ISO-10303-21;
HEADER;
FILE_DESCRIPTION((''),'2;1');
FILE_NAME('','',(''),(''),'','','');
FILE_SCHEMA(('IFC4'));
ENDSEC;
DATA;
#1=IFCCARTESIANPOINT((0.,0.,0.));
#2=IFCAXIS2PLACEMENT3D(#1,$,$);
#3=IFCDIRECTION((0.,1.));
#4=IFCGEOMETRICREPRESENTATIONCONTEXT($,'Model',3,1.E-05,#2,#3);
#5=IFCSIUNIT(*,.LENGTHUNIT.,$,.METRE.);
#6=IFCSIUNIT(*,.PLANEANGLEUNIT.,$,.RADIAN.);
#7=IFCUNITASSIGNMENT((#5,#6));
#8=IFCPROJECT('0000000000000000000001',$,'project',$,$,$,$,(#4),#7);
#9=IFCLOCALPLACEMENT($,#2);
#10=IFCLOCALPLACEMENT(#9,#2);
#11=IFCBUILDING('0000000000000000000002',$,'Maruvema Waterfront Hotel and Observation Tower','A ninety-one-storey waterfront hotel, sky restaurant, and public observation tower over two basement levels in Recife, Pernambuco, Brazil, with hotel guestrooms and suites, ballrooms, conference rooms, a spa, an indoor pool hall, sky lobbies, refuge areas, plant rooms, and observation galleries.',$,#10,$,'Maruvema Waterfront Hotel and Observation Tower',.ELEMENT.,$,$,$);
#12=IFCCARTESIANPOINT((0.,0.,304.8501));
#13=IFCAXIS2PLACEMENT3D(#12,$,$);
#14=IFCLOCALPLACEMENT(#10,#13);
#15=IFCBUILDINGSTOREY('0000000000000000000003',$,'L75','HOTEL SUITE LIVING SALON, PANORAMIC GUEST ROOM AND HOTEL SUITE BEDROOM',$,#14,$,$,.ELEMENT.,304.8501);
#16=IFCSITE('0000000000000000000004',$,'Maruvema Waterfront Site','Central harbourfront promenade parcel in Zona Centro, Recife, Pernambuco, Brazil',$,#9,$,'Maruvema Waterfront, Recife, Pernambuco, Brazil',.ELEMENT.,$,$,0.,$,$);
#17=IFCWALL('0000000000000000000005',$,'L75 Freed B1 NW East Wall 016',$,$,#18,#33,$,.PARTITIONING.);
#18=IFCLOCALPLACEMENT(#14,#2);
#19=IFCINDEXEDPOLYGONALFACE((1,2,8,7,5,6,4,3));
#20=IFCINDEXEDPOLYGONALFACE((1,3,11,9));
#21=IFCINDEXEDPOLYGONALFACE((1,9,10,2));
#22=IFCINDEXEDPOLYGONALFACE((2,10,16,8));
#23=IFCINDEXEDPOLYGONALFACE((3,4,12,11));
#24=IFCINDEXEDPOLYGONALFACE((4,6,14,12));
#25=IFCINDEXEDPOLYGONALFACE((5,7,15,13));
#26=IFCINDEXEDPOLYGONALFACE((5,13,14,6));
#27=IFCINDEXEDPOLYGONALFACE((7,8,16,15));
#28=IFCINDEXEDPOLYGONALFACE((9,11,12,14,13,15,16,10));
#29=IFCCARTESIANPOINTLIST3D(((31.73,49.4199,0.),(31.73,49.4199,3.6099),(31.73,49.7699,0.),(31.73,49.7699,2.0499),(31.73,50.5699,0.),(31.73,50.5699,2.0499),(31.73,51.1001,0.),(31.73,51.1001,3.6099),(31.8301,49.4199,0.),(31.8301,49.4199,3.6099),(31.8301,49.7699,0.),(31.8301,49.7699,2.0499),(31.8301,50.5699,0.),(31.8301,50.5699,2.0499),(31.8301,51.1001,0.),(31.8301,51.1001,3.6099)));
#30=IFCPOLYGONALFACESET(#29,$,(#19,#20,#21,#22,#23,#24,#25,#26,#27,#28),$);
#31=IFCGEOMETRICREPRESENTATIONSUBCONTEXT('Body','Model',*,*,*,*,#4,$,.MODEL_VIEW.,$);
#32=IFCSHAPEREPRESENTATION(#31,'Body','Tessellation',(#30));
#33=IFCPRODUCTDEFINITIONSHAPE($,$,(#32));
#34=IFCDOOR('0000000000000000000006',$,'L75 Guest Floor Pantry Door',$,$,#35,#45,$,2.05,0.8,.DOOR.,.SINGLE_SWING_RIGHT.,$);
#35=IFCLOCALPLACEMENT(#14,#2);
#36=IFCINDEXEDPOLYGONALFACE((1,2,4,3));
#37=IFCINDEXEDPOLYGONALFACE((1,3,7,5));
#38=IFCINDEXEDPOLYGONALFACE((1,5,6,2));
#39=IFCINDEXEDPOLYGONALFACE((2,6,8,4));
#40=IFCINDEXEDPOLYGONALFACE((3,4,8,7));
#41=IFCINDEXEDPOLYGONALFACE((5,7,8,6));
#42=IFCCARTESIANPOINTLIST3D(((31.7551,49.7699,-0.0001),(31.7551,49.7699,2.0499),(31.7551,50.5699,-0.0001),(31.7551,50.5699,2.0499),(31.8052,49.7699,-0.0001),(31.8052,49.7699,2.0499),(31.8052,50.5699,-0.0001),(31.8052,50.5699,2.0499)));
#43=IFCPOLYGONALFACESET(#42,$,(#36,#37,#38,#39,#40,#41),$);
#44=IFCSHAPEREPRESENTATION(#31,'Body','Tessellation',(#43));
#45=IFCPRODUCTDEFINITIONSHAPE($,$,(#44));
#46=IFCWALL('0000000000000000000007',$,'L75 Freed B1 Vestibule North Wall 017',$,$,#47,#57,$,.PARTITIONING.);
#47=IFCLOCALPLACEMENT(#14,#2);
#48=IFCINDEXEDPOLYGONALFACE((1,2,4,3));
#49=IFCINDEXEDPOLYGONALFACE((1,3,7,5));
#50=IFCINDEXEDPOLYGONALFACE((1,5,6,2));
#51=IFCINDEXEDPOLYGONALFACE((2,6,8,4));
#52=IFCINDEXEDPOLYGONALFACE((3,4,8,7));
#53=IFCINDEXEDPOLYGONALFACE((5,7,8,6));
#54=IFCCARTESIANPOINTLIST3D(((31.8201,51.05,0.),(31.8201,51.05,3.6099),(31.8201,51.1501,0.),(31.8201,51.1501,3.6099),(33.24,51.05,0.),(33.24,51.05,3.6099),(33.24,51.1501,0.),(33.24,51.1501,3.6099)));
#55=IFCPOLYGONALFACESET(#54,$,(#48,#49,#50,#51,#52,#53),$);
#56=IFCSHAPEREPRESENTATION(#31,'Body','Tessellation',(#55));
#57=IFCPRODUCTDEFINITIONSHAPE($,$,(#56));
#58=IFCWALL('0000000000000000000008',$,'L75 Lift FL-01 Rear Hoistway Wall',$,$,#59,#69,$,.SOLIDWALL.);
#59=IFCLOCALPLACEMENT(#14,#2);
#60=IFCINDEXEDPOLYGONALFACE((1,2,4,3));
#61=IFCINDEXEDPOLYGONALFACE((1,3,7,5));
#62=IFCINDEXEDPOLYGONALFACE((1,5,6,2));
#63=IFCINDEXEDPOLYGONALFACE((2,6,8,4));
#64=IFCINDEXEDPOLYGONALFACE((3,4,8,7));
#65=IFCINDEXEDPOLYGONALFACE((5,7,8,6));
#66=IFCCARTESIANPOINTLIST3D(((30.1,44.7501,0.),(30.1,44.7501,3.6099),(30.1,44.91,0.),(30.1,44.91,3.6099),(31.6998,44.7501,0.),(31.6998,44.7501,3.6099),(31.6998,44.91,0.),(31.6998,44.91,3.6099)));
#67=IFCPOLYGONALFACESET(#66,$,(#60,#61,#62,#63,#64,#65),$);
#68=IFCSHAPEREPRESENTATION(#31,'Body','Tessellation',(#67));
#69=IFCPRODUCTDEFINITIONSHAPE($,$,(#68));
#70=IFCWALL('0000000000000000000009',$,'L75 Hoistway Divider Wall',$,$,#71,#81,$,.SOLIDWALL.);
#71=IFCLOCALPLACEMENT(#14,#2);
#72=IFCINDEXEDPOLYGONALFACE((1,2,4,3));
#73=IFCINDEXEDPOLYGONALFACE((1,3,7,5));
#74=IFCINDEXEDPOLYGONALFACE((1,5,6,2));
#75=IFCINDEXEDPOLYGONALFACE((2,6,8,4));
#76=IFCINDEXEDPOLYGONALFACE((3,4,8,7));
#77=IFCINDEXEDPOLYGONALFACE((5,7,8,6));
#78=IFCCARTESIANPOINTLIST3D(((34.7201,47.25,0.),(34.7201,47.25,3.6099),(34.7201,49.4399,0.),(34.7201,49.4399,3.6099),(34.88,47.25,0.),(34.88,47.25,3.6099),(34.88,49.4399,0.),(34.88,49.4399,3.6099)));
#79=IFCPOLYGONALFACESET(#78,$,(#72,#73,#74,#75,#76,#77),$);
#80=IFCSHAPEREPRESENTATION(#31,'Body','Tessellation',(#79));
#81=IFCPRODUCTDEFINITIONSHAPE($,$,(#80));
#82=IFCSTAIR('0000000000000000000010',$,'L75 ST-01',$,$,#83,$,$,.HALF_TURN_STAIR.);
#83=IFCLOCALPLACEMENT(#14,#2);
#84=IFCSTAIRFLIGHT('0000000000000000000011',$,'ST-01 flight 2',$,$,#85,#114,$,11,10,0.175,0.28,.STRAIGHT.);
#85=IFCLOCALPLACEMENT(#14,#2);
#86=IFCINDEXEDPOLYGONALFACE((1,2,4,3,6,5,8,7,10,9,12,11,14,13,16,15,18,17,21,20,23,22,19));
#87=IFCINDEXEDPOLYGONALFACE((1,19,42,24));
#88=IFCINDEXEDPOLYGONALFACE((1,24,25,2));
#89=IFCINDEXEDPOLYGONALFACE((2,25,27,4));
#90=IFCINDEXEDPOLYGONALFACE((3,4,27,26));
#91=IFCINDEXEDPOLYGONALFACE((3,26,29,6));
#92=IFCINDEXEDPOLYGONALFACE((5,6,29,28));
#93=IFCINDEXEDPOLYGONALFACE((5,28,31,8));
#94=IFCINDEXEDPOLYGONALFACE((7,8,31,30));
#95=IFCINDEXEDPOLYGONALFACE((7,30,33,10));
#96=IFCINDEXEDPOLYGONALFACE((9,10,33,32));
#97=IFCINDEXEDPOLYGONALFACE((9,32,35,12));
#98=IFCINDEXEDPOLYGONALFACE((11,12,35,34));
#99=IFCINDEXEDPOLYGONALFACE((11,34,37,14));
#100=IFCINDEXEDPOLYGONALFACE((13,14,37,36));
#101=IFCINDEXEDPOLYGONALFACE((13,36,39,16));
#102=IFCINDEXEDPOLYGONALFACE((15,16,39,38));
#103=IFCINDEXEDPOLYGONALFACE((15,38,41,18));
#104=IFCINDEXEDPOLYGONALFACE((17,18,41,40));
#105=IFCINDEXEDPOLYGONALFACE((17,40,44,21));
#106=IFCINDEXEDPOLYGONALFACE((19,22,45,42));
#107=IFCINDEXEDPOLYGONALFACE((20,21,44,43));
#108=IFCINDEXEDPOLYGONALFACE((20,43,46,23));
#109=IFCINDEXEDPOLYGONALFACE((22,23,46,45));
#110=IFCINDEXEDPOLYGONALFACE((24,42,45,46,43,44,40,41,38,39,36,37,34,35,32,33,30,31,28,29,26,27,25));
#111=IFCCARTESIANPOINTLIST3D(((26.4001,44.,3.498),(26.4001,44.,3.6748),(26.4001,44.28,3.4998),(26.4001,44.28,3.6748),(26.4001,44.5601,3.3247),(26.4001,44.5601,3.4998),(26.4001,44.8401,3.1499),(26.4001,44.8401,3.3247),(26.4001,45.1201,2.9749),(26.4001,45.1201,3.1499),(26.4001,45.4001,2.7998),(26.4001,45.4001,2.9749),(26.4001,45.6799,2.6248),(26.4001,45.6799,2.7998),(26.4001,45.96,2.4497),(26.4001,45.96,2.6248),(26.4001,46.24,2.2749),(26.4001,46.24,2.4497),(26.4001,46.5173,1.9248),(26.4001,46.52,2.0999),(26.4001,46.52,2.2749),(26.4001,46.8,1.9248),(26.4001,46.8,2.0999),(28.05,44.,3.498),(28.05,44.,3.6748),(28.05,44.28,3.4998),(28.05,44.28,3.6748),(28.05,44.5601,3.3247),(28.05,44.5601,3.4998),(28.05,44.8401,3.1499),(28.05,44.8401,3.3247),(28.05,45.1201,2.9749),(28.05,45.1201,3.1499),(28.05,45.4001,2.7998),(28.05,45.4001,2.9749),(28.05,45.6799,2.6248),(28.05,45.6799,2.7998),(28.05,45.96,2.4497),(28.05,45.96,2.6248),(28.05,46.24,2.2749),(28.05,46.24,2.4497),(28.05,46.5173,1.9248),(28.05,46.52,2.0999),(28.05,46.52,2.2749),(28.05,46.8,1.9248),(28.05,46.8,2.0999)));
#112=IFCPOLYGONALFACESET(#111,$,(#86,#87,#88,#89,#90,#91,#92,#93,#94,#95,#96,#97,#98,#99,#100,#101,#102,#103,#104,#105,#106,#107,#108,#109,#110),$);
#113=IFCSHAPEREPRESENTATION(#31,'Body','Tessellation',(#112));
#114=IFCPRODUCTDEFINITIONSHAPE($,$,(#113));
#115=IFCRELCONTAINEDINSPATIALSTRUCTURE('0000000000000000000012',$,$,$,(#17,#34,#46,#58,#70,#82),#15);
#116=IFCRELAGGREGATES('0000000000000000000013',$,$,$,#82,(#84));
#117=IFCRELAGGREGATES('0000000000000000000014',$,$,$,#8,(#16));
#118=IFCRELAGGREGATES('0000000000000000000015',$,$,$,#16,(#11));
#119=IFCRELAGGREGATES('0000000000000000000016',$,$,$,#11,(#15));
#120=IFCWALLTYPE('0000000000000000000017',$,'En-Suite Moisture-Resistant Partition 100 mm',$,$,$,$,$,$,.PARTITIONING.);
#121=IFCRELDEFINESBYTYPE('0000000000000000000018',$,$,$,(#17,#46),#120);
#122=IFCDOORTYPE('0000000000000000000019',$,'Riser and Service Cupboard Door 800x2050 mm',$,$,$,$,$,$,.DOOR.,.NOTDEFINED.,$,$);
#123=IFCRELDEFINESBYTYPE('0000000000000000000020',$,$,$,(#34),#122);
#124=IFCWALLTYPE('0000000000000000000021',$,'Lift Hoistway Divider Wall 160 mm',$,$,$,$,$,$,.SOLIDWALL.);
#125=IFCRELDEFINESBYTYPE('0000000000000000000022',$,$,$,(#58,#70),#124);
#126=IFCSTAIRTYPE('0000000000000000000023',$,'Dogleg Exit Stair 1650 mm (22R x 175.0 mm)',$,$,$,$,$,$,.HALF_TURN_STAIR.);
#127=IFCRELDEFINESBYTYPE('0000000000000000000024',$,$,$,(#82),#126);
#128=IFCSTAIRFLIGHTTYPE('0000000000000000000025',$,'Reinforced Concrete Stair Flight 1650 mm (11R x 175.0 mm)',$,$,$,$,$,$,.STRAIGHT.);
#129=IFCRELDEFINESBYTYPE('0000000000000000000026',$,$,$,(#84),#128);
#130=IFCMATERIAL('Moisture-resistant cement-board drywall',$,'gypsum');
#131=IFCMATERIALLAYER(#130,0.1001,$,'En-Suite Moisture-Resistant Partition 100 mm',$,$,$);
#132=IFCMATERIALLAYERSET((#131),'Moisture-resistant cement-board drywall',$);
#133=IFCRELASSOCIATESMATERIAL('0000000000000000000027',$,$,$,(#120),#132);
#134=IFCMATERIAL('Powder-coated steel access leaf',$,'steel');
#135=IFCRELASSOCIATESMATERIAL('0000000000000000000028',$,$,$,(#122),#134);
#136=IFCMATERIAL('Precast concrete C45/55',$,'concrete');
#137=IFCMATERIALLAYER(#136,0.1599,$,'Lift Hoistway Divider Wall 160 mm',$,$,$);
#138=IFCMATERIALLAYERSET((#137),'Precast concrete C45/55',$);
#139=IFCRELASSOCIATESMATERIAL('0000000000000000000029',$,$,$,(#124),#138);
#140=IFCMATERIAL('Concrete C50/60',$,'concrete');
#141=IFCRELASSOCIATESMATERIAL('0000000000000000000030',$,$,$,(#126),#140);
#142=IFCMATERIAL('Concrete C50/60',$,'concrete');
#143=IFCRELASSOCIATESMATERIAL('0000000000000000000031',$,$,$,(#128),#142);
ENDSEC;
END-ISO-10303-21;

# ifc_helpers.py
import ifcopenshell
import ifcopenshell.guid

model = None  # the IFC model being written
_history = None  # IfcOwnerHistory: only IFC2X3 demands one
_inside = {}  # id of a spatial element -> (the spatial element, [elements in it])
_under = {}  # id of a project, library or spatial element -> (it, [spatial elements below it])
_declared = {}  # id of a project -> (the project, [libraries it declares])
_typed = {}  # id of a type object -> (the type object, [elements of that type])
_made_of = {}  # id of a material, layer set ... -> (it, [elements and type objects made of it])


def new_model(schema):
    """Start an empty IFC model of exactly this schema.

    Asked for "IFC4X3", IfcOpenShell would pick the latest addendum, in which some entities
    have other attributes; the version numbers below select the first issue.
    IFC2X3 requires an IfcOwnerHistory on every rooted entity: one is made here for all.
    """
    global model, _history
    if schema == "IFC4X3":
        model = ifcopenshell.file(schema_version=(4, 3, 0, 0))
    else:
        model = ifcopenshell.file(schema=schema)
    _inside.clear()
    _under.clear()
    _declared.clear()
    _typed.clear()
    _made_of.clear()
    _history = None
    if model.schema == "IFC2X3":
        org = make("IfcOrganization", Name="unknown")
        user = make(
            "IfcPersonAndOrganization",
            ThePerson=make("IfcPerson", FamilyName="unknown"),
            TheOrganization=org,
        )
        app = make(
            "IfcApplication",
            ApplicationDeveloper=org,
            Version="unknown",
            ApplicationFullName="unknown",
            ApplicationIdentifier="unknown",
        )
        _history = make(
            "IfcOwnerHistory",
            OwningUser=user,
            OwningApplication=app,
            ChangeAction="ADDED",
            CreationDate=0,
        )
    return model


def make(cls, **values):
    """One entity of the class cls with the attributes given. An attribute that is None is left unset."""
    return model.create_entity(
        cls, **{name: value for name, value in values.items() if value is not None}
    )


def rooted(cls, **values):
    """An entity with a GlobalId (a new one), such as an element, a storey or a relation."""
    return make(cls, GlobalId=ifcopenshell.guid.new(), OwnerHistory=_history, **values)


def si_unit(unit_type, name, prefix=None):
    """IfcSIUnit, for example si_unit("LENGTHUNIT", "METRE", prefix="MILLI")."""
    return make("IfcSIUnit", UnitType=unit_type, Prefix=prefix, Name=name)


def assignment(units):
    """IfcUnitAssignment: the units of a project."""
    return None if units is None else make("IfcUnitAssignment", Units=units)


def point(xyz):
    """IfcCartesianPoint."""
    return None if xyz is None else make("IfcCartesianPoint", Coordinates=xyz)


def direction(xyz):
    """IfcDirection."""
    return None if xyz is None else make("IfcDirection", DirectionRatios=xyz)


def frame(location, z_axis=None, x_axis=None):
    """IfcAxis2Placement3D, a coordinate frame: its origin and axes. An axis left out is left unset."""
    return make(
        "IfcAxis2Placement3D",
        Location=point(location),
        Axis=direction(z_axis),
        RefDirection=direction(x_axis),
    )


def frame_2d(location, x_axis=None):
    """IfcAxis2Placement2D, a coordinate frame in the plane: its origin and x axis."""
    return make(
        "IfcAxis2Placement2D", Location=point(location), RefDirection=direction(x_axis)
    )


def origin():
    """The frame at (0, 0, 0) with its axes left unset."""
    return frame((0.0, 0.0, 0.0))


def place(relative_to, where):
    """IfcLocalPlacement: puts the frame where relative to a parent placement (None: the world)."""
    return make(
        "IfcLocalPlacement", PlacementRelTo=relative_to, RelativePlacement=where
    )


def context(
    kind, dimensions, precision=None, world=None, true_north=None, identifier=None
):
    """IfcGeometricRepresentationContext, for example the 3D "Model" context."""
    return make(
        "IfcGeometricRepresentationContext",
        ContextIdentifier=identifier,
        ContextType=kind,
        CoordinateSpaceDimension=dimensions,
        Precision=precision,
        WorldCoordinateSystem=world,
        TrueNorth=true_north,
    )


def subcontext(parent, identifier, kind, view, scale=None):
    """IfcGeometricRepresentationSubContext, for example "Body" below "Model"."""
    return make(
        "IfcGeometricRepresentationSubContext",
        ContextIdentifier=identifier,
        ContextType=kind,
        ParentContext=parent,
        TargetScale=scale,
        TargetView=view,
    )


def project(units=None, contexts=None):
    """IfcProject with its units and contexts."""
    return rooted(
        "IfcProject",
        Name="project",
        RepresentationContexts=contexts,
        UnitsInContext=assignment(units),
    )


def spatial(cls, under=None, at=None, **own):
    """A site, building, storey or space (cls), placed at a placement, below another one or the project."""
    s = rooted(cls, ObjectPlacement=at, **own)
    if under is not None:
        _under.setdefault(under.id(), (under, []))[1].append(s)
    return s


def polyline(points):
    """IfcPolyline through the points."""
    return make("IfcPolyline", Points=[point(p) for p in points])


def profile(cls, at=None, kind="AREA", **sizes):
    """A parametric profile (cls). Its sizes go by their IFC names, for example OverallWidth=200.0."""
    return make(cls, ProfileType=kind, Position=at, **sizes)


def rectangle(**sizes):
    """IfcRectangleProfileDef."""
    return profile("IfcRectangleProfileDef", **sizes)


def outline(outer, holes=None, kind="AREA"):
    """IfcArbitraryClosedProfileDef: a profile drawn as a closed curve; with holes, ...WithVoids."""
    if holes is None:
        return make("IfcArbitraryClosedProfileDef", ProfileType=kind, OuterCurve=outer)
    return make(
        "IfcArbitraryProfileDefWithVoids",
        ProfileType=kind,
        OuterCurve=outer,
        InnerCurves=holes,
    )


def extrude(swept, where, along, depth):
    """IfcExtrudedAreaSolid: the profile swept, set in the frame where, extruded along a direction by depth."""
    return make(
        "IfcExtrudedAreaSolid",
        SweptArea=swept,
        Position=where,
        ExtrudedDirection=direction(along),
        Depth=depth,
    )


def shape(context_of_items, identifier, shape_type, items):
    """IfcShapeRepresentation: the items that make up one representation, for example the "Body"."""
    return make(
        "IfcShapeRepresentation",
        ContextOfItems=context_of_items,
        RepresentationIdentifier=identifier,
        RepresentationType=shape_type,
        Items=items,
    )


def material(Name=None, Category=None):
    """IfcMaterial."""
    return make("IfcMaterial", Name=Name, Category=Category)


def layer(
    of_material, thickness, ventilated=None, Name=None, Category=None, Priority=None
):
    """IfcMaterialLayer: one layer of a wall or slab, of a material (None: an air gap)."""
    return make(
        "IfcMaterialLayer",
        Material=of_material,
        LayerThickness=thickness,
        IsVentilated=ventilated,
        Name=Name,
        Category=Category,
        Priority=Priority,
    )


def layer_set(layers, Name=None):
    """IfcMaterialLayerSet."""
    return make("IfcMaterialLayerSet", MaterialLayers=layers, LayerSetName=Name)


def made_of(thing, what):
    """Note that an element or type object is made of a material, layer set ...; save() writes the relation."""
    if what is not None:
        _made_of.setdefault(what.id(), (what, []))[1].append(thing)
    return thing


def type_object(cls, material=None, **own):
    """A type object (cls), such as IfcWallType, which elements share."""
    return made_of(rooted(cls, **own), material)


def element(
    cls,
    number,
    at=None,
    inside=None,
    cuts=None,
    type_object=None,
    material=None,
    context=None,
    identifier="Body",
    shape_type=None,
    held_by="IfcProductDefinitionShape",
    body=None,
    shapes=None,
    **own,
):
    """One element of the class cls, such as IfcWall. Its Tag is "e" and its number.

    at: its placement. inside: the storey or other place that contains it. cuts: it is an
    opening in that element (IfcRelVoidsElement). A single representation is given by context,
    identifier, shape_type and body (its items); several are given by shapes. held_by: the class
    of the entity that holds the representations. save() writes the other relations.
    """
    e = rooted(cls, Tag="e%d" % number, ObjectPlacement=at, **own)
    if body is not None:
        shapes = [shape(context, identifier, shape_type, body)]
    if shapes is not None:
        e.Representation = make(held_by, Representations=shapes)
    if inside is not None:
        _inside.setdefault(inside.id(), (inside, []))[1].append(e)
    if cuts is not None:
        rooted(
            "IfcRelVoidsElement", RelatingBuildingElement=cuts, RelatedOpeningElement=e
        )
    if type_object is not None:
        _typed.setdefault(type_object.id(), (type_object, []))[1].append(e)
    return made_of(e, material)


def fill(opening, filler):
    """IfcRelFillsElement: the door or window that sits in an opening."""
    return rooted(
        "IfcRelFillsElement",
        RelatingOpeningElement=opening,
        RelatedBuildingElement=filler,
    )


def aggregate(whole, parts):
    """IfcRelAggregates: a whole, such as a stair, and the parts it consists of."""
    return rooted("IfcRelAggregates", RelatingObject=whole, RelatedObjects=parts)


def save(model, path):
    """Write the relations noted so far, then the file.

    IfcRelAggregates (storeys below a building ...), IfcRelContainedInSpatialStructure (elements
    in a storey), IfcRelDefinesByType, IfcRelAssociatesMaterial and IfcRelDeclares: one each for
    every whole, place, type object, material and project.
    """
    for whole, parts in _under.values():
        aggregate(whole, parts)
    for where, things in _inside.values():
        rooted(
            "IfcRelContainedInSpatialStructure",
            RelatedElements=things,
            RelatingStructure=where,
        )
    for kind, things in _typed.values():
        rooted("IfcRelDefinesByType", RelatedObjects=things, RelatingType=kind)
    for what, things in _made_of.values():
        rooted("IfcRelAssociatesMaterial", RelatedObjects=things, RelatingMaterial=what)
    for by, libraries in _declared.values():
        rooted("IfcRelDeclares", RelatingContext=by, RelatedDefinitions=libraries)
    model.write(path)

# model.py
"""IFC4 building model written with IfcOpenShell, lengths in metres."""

from ifc_helpers import new_model, si_unit, direction, frame, frame_2d, origin, place, context, subcontext, project, spatial, polyline, rectangle, outline, extrude, material, layer, layer_set, type_object, element, fill, aggregate, save


model = new_model("IFC4")

# Units and contexts
model_context = context("Model", 3, precision=1e-05, world=origin(), true_north=direction((0.0, 1.0)))
body_context = subcontext(model_context, "Body", "Model", "MODEL_VIEW")
ifc_project = project(units=[si_unit("LENGTHUNIT", "METRE"), si_unit("PLANEANGLEUNIT", "RADIAN")], contexts=[model_context])

# Site, building, storey
site_placement = place(None, origin())
site = spatial("IfcSite", under=ifc_project, at=site_placement, Name="Maruvema Waterfront Site", Description="Central harbourfront promenade parcel in Zona Centro, Recife, Pernambuco, Brazil", LongName="Maruvema Waterfront, Recife, Pernambuco, Brazil", CompositionType="ELEMENT", RefElevation=0.0)
building_placement = place(site_placement, origin())
building = spatial("IfcBuilding", under=site, at=building_placement, Name="Maruvema Waterfront Hotel and Observation Tower", Description="A ninety-one-storey waterfront hotel, sky restaurant, and public observation tower over two basement levels in Recife, Pernambuco, Brazil, with hotel guestrooms and suites, ballrooms, conference rooms, a spa, an indoor pool hall, sky lobbies, refuge areas, plant rooms, and observation galleries.", LongName="Maruvema Waterfront Hotel and Observation Tower", CompositionType="ELEMENT")
storey_placement = place(building_placement, frame((0.0, 0.0, 304.8501)))
storey = spatial("IfcBuildingStorey", under=building, at=storey_placement, Name="L75", Description="HOTEL SUITE LIVING SALON, PANORAMIC GUEST ROOM AND HOTEL SUITE BEDROOM", CompositionType="ELEMENT", Elevation=304.8501)

# Shared definitions
ifc_material_1 = material(Name="Moisture-resistant cement-board drywall", Category="gypsum")
ifc_layer_1 = layer(ifc_material_1, 0.1001, Name="En-Suite Moisture-Resistant Partition 100 mm")
ifc_layer_set_1 = layer_set([ifc_layer_1], Name="Moisture-resistant cement-board drywall")
wall_type_1 = type_object("IfcWallType", Name="En-Suite Moisture-Resistant Partition 100 mm", PredefinedType="PARTITIONING", material=ifc_layer_set_1)

# Wall, opening, door
ifc_material_2 = material(Name="Powder-coated steel access leaf", Category="steel")
door_type_1 = type_object("IfcDoorType", Name="Riser and Service Cupboard Door 800x2050 mm", OperationType="NOTDEFINED", PredefinedType="DOOR", material=ifc_material_2)
wall_1_placement = place(storey_placement, frame((31.78, 49.4199, 0.0), z_axis=(0.0, 0.0, 1.0), x_axis=(0.0, 1.0, 0.0)))
wall_1 = element("IfcWall", 1, at=wall_1_placement, inside=storey, type_object=wall_type_1, Name="L75 Freed B1 NW East Wall 016", PredefinedType="PARTITIONING", context=body_context, shape_type="SweptSolid", body=[
    extrude(rectangle(XDim=1.6802, YDim=0.1001, at=frame_2d((0.8401, 0.0))), origin(), (0.0, 0.0, 1.0), 3.6099),
])
opening_1_placement = place(wall_1_placement, frame((0.3501, 0.0, 0.0)))
opening_1 = element("IfcOpeningElement", 2, at=opening_1_placement, cuts=wall_1, PredefinedType="OPENING", context=body_context, shape_type="SweptSolid", body=[
    extrude(rectangle(XDim=0.8, YDim=2.05, at=frame_2d((0.3999, 1.0249))), frame((0.0, 0.0601, 0.0), z_axis=(0.0, -1.0, 0.0), x_axis=(1.0, 0.0, 0.0)), (0.0, 0.0, 1.0), 0.1201),
])
door_1_placement = place(opening_1_placement, origin())
door_1 = element("IfcDoor", 3, at=door_1_placement, inside=storey, type_object=door_type_1, Name="L75 Guest Floor Pantry Door", OperationType="SINGLE_SWING_RIGHT", OverallHeight=2.05, OverallWidth=0.8, PredefinedType="DOOR", context=body_context, shape_type="SweptSolid", body=[
    extrude(rectangle(XDim=0.8, YDim=2.05, at=frame_2d((0.3999, 1.0249))), frame((0.0, 0.0249, 0.0), z_axis=(0.0, -1.0, 0.0), x_axis=(1.0, 0.0, 0.0)), (0.0, 0.0, 1.0), 0.05),
])
fill(opening_1, door_1)

# Walls
wall_2_placement = place(storey_placement, frame((31.8201, 51.1001, 0.0), z_axis=(0.0, 0.0, 1.0), x_axis=(1.0, 0.0, 0.0)))
element("IfcWall", 4, at=wall_2_placement, inside=storey, type_object=wall_type_1, Name="L75 Freed B1 Vestibule North Wall 017", PredefinedType="PARTITIONING", context=body_context, shape_type="SweptSolid", body=[
    extrude(rectangle(XDim=1.4199, YDim=0.1001, at=frame_2d((0.71, 0.0))), origin(), (0.0, 0.0, 1.0), 3.6099),
])
ifc_material_3 = material(Name="Precast concrete C45/55", Category="concrete")
ifc_layer_2 = layer(ifc_material_3, 0.1599, Name="Lift Hoistway Divider Wall 160 mm")
ifc_layer_set_2 = layer_set([ifc_layer_2], Name="Precast concrete C45/55")
wall_type_2 = type_object("IfcWallType", Name="Lift Hoistway Divider Wall 160 mm", PredefinedType="SOLIDWALL", material=ifc_layer_set_2)
wall_3_placement = place(storey_placement, frame((30.1001, 44.8301, 0.0), z_axis=(0.0, 0.0, 1.0), x_axis=(1.0, 0.0, 0.0)))
element("IfcWall", 5, at=wall_3_placement, inside=storey, type_object=wall_type_2, Name="L75 Lift FL-01 Rear Hoistway Wall", PredefinedType="SOLIDWALL", context=body_context, shape_type="SweptSolid", body=[
    extrude(rectangle(XDim=1.5999, YDim=0.1599, at=frame_2d((0.7998, 0.0))), origin(), (0.0, 0.0, 1.0), 3.6099),
])
wall_4_placement = place(storey_placement, frame((34.8, 47.25, 0.0), z_axis=(0.0, 0.0, 1.0), x_axis=(0.0, 1.0, 0.0)))
element("IfcWall", 6, at=wall_4_placement, inside=storey, type_object=wall_type_2, Name="L75 Hoistway Divider Wall", PredefinedType="SOLIDWALL", context=body_context, shape_type="SweptSolid", body=[
    extrude(rectangle(XDim=2.1899, YDim=0.1599, at=frame_2d((1.095, 0.0))), origin(), (0.0, 0.0, 1.0), 3.6099),
])

# Stair, stair flight
ifc_material_4 = material(Name="Concrete C50/60", Category="concrete")
stair_type = type_object("IfcStairType", Name="Dogleg Exit Stair 1650 mm (22R x 175.0 mm)", PredefinedType="HALF_TURN_STAIR", material=ifc_material_4)
stair_placement = place(storey_placement, origin())
stair = element("IfcStair", 7, at=stair_placement, inside=storey, type_object=stair_type, Name="L75 ST-01", PredefinedType="HALF_TURN_STAIR")
ifc_material_5 = material(Name="Concrete C50/60", Category="concrete")
stair_flight_type = type_object("IfcStairFlightType", Name="Reinforced Concrete Stair Flight 1650 mm (11R x 175.0 mm)", PredefinedType="STRAIGHT", material=ifc_material_5)
stair_flight_placement = place(storey_placement, frame((27.2251, 46.8, 1.9248), z_axis=(0.0, 0.0, 1.0), x_axis=(0.0, -1.0, 0.0)))
stair_flight = element("IfcStairFlight", 8, at=stair_flight_placement, type_object=stair_flight_type, Name="ST-01 flight 2", NumberOfRisers=11, NumberOfTreads=10, PredefinedType="STRAIGHT", RiserHeight=0.175, TreadLength=0.28, context=body_context, shape_type="SweptSolid", body=[
    extrude(outline(polyline([(0.0, 0.0), (0.0, 0.175), (0.28, 0.175), (0.28, 0.3501), (0.5601, 0.3501), (0.5601, 0.5249), (0.8401, 0.5249), (0.8401, 0.7), (1.1201, 0.7), (1.1201, 0.875), (1.3999, 0.875), (1.3999, 1.05), (1.6799, 1.05), (1.6799, 1.2251), (1.96, 1.2251), (1.96, 1.3999), (2.24, 1.3999), (2.24, 1.575), (2.52, 1.575), (2.52, 1.75), (2.8, 1.75), (2.8, 1.925), (2.8, 1.5732), (0.2827, 0.0), (0.0, 0.0)])), frame((0.0, 0.825, 0.0), z_axis=(0.0, -1.0, 0.0), x_axis=(1.0, 0.0, 0.0)), (0.0, 0.0, 1.0), 1.6499),
])
aggregate(stair, [stair_flight])

save(model, "model.ifc")
